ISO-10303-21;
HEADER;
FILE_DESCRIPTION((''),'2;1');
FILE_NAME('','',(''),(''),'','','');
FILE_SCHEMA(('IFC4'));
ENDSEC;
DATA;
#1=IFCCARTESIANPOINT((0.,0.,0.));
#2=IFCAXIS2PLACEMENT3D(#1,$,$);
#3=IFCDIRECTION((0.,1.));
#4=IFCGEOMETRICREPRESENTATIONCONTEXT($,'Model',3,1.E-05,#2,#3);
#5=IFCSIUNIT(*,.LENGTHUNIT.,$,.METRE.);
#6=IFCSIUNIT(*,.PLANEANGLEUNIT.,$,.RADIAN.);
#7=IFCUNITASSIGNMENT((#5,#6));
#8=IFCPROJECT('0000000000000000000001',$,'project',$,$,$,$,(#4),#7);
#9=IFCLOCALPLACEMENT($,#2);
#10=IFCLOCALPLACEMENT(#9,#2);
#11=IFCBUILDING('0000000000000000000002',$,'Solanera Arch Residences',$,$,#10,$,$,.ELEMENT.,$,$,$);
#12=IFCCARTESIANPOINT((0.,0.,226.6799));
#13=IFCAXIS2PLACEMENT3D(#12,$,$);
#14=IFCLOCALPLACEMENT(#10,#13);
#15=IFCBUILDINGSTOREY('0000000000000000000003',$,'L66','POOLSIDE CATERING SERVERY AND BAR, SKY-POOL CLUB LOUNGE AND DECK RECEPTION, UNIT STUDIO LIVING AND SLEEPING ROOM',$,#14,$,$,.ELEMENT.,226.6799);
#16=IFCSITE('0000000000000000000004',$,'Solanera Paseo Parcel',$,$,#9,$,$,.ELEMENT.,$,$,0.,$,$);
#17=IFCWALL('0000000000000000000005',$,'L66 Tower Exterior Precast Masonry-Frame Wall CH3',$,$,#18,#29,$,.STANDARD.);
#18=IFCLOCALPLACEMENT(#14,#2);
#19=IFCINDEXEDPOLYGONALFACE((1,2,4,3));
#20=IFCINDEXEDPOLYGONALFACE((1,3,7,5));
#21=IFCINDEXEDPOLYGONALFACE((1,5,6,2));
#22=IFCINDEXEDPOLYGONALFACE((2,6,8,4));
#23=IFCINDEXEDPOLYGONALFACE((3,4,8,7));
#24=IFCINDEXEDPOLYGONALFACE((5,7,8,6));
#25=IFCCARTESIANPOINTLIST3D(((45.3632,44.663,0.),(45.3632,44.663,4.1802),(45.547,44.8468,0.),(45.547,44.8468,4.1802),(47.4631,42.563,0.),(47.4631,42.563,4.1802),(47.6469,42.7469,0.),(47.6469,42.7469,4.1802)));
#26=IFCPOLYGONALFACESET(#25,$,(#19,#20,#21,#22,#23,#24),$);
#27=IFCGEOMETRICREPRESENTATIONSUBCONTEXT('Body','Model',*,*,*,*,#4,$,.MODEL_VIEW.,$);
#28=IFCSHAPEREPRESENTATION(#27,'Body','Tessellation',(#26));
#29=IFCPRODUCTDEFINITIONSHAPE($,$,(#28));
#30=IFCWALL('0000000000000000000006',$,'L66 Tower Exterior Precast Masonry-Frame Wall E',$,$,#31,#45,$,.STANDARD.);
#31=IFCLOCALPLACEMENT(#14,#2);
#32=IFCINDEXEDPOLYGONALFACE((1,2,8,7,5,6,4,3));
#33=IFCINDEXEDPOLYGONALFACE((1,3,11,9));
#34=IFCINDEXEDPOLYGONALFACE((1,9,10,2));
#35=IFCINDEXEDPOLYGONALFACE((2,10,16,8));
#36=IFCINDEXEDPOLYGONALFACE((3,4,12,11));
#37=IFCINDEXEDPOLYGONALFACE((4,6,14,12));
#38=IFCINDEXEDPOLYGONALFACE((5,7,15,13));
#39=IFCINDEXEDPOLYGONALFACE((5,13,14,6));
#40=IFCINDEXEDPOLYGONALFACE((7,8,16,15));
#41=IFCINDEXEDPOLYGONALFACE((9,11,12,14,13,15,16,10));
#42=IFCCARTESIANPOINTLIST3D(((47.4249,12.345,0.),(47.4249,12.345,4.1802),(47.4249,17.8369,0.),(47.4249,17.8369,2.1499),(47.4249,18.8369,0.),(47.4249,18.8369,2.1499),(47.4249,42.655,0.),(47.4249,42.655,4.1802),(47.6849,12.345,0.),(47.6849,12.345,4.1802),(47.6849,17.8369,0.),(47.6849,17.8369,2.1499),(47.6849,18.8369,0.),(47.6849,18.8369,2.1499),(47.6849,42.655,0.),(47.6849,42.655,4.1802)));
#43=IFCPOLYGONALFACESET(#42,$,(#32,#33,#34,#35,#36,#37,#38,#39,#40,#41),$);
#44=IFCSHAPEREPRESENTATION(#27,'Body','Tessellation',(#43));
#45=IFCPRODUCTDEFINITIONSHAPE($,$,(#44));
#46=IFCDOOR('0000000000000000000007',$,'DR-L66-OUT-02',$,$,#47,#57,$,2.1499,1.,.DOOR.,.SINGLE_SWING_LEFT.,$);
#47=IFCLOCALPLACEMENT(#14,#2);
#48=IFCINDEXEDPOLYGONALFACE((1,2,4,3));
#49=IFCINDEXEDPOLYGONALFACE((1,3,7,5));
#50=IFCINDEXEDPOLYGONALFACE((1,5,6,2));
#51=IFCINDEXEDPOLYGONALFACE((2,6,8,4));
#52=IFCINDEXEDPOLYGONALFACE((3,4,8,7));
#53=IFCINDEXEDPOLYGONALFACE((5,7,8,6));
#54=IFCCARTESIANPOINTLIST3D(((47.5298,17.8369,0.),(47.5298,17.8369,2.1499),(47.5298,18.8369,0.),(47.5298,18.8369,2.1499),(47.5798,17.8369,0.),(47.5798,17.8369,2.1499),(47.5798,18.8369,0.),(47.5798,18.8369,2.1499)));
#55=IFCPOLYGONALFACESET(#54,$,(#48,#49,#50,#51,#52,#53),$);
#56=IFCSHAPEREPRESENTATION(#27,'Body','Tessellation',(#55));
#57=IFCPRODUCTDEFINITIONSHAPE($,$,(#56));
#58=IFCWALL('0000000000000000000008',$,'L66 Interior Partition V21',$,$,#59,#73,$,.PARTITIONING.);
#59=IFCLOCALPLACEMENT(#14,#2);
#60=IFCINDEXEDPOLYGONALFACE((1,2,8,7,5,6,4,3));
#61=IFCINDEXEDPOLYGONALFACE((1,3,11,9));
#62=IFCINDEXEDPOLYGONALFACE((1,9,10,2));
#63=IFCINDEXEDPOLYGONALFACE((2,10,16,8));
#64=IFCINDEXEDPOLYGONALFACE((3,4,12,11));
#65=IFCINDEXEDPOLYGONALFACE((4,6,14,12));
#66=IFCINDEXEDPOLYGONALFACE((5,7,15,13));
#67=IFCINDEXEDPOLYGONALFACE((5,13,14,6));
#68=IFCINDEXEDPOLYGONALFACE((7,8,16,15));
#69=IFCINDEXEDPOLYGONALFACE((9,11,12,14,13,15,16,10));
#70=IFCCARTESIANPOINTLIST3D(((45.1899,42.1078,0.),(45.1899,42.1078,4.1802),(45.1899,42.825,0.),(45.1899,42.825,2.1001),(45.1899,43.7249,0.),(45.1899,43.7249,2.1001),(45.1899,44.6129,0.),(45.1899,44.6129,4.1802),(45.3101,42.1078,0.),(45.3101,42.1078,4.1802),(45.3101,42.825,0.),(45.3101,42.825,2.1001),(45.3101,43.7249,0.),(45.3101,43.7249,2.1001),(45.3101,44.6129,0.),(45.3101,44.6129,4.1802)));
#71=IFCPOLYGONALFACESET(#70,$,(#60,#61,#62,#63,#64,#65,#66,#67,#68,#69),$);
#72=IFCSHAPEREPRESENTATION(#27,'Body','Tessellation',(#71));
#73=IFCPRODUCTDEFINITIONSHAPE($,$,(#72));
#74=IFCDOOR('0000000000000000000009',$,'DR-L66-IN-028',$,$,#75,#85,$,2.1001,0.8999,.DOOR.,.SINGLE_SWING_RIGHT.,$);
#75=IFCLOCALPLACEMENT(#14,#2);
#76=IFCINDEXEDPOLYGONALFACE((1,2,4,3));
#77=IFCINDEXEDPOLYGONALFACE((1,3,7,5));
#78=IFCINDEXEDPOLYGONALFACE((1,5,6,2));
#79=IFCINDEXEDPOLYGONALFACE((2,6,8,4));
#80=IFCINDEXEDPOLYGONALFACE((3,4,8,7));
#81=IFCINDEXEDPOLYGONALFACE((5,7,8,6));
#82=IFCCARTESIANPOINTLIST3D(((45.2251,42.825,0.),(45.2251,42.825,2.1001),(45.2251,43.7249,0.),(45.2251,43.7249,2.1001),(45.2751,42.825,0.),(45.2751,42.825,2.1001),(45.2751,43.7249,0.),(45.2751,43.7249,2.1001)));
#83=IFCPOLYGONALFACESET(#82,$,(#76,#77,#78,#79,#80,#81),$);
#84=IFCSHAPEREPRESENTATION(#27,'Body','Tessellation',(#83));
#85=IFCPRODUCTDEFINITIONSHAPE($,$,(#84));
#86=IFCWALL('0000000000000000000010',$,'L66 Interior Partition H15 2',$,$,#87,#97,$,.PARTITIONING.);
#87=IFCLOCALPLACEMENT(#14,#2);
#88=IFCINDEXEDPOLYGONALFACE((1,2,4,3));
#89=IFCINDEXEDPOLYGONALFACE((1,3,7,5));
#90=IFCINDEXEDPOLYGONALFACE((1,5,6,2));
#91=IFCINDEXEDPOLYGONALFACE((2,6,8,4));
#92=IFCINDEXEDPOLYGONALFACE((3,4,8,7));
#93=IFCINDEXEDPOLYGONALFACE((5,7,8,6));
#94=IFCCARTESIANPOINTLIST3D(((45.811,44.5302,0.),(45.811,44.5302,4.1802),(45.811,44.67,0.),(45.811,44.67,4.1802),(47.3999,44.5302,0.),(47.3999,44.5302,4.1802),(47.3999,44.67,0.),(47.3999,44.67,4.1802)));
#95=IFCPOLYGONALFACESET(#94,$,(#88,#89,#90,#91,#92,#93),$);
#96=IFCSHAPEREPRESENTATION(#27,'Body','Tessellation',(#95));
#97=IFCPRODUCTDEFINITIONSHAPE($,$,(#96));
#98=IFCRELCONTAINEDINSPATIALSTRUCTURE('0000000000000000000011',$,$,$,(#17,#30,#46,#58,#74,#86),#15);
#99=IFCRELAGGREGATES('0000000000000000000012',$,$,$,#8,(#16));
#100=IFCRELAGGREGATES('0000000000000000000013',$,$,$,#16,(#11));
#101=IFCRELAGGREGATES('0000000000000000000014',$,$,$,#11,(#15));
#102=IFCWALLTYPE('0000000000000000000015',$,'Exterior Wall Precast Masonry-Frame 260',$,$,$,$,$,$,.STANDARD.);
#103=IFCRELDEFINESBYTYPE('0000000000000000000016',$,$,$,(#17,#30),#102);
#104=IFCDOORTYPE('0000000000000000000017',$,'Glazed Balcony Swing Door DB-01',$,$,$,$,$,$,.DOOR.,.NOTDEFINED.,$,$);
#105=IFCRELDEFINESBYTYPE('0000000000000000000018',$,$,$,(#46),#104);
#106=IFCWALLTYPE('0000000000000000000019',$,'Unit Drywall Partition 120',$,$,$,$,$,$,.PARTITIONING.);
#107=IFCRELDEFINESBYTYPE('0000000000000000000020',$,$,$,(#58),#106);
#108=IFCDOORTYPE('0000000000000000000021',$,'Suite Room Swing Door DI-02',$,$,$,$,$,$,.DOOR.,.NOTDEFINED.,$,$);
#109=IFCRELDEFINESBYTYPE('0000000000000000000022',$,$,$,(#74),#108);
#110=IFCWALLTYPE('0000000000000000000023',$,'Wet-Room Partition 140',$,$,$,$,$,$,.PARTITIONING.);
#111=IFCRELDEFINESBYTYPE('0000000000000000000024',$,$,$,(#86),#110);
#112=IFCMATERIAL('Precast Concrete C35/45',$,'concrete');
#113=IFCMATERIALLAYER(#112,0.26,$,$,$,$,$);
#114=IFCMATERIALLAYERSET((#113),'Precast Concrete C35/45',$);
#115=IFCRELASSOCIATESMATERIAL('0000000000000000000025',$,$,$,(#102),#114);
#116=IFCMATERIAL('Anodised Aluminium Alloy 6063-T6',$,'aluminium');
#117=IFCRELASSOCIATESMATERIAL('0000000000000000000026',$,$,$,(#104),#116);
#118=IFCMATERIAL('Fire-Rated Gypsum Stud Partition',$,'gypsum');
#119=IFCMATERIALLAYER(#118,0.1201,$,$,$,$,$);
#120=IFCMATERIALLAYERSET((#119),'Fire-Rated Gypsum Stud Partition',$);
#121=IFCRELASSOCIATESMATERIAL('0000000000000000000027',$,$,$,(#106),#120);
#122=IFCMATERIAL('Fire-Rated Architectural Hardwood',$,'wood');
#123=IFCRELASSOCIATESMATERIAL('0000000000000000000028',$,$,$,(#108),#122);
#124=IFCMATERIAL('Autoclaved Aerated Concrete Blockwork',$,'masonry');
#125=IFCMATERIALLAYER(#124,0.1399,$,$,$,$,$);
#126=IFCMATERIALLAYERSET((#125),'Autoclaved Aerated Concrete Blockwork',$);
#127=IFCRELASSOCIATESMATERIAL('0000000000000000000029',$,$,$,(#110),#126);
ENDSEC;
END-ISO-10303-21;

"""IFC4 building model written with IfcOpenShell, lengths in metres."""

from ifc_helpers import new_model, si_unit, direction, frame, frame_2d, origin, place, context, subcontext, project, spatial, rectangle, extrude, material, layer, layer_set, type_object, element, fill, save


model = new_model("IFC4")

# Units and contexts
model_context = context("Model", 3, precision=1e-05, world=origin(), true_north=direction((0.0, 1.0)))
body_context = subcontext(model_context, "Body", "Model", "MODEL_VIEW")
ifc_project = project(units=[si_unit("LENGTHUNIT", "METRE"), si_unit("PLANEANGLEUNIT", "RADIAN")], contexts=[model_context])

# Site, building, storey
site_placement = place(None, origin())
site = spatial("IfcSite", under=ifc_project, at=site_placement, Name="Solanera Paseo Parcel", CompositionType="ELEMENT", RefElevation=0.0)
building_placement = place(site_placement, origin())
building = spatial("IfcBuilding", under=site, at=building_placement, Name="Solanera Arch Residences", CompositionType="ELEMENT")
storey_placement = place(building_placement, frame((0.0, 0.0, 226.6799)))
storey = spatial("IfcBuildingStorey", under=building, at=storey_placement, Name="L66", Description="POOLSIDE CATERING SERVERY AND BAR, SKY-POOL CLUB LOUNGE AND DECK RECEPTION, UNIT STUDIO LIVING AND SLEEPING ROOM", CompositionType="ELEMENT", Elevation=226.6799)

# Wall
ifc_material_1 = material(Name="Precast Concrete C35/45", Category="concrete")
ifc_layer_1 = layer(ifc_material_1, 0.26)
ifc_layer_set_1 = layer_set([ifc_layer_1], Name="Precast Concrete C35/45")
wall_type_1 = type_object("IfcWallType", Name="Exterior Wall Precast Masonry-Frame 260", PredefinedType="STANDARD", material=ifc_layer_set_1)
wall_1_placement = place(storey_placement, frame((45.4551, 44.7549, 0.0), z_axis=(0.0, 0.0, 1.0), x_axis=(0.707107, -0.707107, 0.0)))
element("IfcWall", 1, at=wall_1_placement, inside=storey, type_object=wall_type_1, Name="L66 Tower Exterior Precast Masonry-Frame Wall CH3", PredefinedType="STANDARD", context=body_context, shape_type="SweptSolid", body=[
    extrude(rectangle(XDim=2.9697, YDim=0.26, at=frame_2d((1.4849, 0.0))), origin(), (0.0, 0.0, 1.0), 4.1802),
])

# Walls, openings, doors
wall_2_placement = place(storey_placement, frame((47.5549, 42.655, 0.0), z_axis=(0.0, 0.0, 1.0), x_axis=(0.0, -1.0, 0.0)))
wall_2 = element("IfcWall", 2, at=wall_2_placement, inside=storey, type_object=wall_type_1, Name="L66 Tower Exterior Precast Masonry-Frame Wall E", PredefinedType="STANDARD", context=body_context, shape_type="SweptSolid", body=[
    extrude(rectangle(XDim=30.3101, YDim=0.26, at=frame_2d((15.155, 0.0))), origin(), (0.0, 0.0, 1.0), 4.1802),
])
opening_1_placement = place(wall_2_placement, frame((23.8181, 0.0, 0.0)))
opening_1 = element("IfcOpeningElement", 3, at=opening_1_placement, cuts=wall_2, PredefinedType="OPENING", context=body_context, shape_type="SweptSolid", body=[
    extrude(rectangle(XDim=1.0, YDim=2.1499, at=frame_2d((0.5, 1.075))), frame((0.0, 0.1399, 0.0), z_axis=(0.0, -1.0, 0.0), x_axis=(1.0, 0.0, 0.0)), (0.0, 0.0, 1.0), 0.28),
])
ifc_material_2 = material(Name="Anodised Aluminium Alloy 6063-T6", Category="aluminium")
door_type_1 = type_object("IfcDoorType", Name="Glazed Balcony Swing Door DB-01", OperationType="NOTDEFINED", PredefinedType="DOOR", material=ifc_material_2)
door_1_placement = place(opening_1_placement, origin())
door_1 = element("IfcDoor", 4, at=door_1_placement, inside=storey, type_object=door_type_1, Name="DR-L66-OUT-02", OperationType="SINGLE_SWING_LEFT", OverallHeight=2.1499, OverallWidth=1.0, PredefinedType="DOOR", context=body_context, shape_type="SweptSolid", body=[
    extrude(rectangle(XDim=1.0, YDim=2.1499, at=frame_2d((0.5, 1.075))), frame((0.0, 0.0249, 0.0), z_axis=(0.0, -1.0, 0.0), x_axis=(1.0, 0.0, 0.0)), (0.0, 0.0, 1.0), 0.05),
])
fill(opening_1, door_1)
ifc_material_3 = material(Name="Fire-Rated Gypsum Stud Partition", Category="gypsum")
ifc_layer_2 = layer(ifc_material_3, 0.1201)
ifc_layer_set_2 = layer_set([ifc_layer_2], Name="Fire-Rated Gypsum Stud Partition")
wall_type_2 = type_object("IfcWallType", Name="Unit Drywall Partition 120", PredefinedType="PARTITIONING", material=ifc_layer_set_2)
wall_3_placement = place(storey_placement, frame((45.25, 42.1079, 0.0), z_axis=(0.0, 0.0, 1.0), x_axis=(0.0, 1.0, 0.0)))
wall_3 = element("IfcWall", 5, at=wall_3_placement, inside=storey, type_object=wall_type_2, Name="L66 Interior Partition V21", PredefinedType="PARTITIONING", context=body_context, shape_type="SweptSolid", body=[
    extrude(rectangle(XDim=2.5051, YDim=0.1201, at=frame_2d((1.2524, 0.0))), origin(), (0.0, 0.0, 1.0), 4.1802),
])
opening_2_placement = place(wall_3_placement, frame((0.717, 0.0, 0.0)))
opening_2 = element("IfcOpeningElement", 6, at=opening_2_placement, cuts=wall_3, PredefinedType="OPENING", context=body_context, shape_type="SweptSolid", body=[
    extrude(rectangle(XDim=0.8999, YDim=2.1001, at=frame_2d((0.45, 1.05))), frame((0.0, 0.0701, 0.0), z_axis=(0.0, -1.0, 0.0), x_axis=(1.0, 0.0, 0.0)), (0.0, 0.0, 1.0), 0.1401),
])
ifc_material_4 = material(Name="Fire-Rated Architectural Hardwood", Category="wood")
door_type_2 = type_object("IfcDoorType", Name="Suite Room Swing Door DI-02", OperationType="NOTDEFINED", PredefinedType="DOOR", material=ifc_material_4)
door_2_placement = place(opening_2_placement, origin())
door_2 = element("IfcDoor", 7, at=door_2_placement, inside=storey, type_object=door_type_2, Name="DR-L66-IN-028", OperationType="SINGLE_SWING_RIGHT", OverallHeight=2.1001, OverallWidth=0.8999, PredefinedType="DOOR", context=body_context, shape_type="SweptSolid", body=[
    extrude(rectangle(XDim=0.8999, YDim=2.1001, at=frame_2d((0.45, 1.05))), frame((0.0, 0.0249, 0.0), z_axis=(0.0, -1.0, 0.0), x_axis=(1.0, 0.0, 0.0)), (0.0, 0.0, 1.0), 0.05),
])
fill(opening_2, door_2)

# Wall
ifc_material_5 = material(Name="Autoclaved Aerated Concrete Blockwork", Category="masonry")
ifc_layer_3 = layer(ifc_material_5, 0.1399)
ifc_layer_set_3 = layer_set([ifc_layer_3], Name="Autoclaved Aerated Concrete Blockwork")
wall_type_3 = type_object("IfcWallType", Name="Wet-Room Partition 140", PredefinedType="PARTITIONING", material=ifc_layer_set_3)
wall_4_placement = place(storey_placement, frame((45.811, 44.6001, 0.0), z_axis=(0.0, 0.0, 1.0), x_axis=(1.0, 0.0, 0.0)))
element("IfcWall", 8, at=wall_4_placement, inside=storey, type_object=wall_type_3, Name="L66 Interior Partition H15 2", PredefinedType="PARTITIONING", context=body_context, shape_type="SweptSolid", body=[
    extrude(rectangle(XDim=1.5889, YDim=0.1399, at=frame_2d((0.7944, 0.0))), origin(), (0.0, 0.0, 1.0), 4.1802),
])

save(model, "model.ifc")
